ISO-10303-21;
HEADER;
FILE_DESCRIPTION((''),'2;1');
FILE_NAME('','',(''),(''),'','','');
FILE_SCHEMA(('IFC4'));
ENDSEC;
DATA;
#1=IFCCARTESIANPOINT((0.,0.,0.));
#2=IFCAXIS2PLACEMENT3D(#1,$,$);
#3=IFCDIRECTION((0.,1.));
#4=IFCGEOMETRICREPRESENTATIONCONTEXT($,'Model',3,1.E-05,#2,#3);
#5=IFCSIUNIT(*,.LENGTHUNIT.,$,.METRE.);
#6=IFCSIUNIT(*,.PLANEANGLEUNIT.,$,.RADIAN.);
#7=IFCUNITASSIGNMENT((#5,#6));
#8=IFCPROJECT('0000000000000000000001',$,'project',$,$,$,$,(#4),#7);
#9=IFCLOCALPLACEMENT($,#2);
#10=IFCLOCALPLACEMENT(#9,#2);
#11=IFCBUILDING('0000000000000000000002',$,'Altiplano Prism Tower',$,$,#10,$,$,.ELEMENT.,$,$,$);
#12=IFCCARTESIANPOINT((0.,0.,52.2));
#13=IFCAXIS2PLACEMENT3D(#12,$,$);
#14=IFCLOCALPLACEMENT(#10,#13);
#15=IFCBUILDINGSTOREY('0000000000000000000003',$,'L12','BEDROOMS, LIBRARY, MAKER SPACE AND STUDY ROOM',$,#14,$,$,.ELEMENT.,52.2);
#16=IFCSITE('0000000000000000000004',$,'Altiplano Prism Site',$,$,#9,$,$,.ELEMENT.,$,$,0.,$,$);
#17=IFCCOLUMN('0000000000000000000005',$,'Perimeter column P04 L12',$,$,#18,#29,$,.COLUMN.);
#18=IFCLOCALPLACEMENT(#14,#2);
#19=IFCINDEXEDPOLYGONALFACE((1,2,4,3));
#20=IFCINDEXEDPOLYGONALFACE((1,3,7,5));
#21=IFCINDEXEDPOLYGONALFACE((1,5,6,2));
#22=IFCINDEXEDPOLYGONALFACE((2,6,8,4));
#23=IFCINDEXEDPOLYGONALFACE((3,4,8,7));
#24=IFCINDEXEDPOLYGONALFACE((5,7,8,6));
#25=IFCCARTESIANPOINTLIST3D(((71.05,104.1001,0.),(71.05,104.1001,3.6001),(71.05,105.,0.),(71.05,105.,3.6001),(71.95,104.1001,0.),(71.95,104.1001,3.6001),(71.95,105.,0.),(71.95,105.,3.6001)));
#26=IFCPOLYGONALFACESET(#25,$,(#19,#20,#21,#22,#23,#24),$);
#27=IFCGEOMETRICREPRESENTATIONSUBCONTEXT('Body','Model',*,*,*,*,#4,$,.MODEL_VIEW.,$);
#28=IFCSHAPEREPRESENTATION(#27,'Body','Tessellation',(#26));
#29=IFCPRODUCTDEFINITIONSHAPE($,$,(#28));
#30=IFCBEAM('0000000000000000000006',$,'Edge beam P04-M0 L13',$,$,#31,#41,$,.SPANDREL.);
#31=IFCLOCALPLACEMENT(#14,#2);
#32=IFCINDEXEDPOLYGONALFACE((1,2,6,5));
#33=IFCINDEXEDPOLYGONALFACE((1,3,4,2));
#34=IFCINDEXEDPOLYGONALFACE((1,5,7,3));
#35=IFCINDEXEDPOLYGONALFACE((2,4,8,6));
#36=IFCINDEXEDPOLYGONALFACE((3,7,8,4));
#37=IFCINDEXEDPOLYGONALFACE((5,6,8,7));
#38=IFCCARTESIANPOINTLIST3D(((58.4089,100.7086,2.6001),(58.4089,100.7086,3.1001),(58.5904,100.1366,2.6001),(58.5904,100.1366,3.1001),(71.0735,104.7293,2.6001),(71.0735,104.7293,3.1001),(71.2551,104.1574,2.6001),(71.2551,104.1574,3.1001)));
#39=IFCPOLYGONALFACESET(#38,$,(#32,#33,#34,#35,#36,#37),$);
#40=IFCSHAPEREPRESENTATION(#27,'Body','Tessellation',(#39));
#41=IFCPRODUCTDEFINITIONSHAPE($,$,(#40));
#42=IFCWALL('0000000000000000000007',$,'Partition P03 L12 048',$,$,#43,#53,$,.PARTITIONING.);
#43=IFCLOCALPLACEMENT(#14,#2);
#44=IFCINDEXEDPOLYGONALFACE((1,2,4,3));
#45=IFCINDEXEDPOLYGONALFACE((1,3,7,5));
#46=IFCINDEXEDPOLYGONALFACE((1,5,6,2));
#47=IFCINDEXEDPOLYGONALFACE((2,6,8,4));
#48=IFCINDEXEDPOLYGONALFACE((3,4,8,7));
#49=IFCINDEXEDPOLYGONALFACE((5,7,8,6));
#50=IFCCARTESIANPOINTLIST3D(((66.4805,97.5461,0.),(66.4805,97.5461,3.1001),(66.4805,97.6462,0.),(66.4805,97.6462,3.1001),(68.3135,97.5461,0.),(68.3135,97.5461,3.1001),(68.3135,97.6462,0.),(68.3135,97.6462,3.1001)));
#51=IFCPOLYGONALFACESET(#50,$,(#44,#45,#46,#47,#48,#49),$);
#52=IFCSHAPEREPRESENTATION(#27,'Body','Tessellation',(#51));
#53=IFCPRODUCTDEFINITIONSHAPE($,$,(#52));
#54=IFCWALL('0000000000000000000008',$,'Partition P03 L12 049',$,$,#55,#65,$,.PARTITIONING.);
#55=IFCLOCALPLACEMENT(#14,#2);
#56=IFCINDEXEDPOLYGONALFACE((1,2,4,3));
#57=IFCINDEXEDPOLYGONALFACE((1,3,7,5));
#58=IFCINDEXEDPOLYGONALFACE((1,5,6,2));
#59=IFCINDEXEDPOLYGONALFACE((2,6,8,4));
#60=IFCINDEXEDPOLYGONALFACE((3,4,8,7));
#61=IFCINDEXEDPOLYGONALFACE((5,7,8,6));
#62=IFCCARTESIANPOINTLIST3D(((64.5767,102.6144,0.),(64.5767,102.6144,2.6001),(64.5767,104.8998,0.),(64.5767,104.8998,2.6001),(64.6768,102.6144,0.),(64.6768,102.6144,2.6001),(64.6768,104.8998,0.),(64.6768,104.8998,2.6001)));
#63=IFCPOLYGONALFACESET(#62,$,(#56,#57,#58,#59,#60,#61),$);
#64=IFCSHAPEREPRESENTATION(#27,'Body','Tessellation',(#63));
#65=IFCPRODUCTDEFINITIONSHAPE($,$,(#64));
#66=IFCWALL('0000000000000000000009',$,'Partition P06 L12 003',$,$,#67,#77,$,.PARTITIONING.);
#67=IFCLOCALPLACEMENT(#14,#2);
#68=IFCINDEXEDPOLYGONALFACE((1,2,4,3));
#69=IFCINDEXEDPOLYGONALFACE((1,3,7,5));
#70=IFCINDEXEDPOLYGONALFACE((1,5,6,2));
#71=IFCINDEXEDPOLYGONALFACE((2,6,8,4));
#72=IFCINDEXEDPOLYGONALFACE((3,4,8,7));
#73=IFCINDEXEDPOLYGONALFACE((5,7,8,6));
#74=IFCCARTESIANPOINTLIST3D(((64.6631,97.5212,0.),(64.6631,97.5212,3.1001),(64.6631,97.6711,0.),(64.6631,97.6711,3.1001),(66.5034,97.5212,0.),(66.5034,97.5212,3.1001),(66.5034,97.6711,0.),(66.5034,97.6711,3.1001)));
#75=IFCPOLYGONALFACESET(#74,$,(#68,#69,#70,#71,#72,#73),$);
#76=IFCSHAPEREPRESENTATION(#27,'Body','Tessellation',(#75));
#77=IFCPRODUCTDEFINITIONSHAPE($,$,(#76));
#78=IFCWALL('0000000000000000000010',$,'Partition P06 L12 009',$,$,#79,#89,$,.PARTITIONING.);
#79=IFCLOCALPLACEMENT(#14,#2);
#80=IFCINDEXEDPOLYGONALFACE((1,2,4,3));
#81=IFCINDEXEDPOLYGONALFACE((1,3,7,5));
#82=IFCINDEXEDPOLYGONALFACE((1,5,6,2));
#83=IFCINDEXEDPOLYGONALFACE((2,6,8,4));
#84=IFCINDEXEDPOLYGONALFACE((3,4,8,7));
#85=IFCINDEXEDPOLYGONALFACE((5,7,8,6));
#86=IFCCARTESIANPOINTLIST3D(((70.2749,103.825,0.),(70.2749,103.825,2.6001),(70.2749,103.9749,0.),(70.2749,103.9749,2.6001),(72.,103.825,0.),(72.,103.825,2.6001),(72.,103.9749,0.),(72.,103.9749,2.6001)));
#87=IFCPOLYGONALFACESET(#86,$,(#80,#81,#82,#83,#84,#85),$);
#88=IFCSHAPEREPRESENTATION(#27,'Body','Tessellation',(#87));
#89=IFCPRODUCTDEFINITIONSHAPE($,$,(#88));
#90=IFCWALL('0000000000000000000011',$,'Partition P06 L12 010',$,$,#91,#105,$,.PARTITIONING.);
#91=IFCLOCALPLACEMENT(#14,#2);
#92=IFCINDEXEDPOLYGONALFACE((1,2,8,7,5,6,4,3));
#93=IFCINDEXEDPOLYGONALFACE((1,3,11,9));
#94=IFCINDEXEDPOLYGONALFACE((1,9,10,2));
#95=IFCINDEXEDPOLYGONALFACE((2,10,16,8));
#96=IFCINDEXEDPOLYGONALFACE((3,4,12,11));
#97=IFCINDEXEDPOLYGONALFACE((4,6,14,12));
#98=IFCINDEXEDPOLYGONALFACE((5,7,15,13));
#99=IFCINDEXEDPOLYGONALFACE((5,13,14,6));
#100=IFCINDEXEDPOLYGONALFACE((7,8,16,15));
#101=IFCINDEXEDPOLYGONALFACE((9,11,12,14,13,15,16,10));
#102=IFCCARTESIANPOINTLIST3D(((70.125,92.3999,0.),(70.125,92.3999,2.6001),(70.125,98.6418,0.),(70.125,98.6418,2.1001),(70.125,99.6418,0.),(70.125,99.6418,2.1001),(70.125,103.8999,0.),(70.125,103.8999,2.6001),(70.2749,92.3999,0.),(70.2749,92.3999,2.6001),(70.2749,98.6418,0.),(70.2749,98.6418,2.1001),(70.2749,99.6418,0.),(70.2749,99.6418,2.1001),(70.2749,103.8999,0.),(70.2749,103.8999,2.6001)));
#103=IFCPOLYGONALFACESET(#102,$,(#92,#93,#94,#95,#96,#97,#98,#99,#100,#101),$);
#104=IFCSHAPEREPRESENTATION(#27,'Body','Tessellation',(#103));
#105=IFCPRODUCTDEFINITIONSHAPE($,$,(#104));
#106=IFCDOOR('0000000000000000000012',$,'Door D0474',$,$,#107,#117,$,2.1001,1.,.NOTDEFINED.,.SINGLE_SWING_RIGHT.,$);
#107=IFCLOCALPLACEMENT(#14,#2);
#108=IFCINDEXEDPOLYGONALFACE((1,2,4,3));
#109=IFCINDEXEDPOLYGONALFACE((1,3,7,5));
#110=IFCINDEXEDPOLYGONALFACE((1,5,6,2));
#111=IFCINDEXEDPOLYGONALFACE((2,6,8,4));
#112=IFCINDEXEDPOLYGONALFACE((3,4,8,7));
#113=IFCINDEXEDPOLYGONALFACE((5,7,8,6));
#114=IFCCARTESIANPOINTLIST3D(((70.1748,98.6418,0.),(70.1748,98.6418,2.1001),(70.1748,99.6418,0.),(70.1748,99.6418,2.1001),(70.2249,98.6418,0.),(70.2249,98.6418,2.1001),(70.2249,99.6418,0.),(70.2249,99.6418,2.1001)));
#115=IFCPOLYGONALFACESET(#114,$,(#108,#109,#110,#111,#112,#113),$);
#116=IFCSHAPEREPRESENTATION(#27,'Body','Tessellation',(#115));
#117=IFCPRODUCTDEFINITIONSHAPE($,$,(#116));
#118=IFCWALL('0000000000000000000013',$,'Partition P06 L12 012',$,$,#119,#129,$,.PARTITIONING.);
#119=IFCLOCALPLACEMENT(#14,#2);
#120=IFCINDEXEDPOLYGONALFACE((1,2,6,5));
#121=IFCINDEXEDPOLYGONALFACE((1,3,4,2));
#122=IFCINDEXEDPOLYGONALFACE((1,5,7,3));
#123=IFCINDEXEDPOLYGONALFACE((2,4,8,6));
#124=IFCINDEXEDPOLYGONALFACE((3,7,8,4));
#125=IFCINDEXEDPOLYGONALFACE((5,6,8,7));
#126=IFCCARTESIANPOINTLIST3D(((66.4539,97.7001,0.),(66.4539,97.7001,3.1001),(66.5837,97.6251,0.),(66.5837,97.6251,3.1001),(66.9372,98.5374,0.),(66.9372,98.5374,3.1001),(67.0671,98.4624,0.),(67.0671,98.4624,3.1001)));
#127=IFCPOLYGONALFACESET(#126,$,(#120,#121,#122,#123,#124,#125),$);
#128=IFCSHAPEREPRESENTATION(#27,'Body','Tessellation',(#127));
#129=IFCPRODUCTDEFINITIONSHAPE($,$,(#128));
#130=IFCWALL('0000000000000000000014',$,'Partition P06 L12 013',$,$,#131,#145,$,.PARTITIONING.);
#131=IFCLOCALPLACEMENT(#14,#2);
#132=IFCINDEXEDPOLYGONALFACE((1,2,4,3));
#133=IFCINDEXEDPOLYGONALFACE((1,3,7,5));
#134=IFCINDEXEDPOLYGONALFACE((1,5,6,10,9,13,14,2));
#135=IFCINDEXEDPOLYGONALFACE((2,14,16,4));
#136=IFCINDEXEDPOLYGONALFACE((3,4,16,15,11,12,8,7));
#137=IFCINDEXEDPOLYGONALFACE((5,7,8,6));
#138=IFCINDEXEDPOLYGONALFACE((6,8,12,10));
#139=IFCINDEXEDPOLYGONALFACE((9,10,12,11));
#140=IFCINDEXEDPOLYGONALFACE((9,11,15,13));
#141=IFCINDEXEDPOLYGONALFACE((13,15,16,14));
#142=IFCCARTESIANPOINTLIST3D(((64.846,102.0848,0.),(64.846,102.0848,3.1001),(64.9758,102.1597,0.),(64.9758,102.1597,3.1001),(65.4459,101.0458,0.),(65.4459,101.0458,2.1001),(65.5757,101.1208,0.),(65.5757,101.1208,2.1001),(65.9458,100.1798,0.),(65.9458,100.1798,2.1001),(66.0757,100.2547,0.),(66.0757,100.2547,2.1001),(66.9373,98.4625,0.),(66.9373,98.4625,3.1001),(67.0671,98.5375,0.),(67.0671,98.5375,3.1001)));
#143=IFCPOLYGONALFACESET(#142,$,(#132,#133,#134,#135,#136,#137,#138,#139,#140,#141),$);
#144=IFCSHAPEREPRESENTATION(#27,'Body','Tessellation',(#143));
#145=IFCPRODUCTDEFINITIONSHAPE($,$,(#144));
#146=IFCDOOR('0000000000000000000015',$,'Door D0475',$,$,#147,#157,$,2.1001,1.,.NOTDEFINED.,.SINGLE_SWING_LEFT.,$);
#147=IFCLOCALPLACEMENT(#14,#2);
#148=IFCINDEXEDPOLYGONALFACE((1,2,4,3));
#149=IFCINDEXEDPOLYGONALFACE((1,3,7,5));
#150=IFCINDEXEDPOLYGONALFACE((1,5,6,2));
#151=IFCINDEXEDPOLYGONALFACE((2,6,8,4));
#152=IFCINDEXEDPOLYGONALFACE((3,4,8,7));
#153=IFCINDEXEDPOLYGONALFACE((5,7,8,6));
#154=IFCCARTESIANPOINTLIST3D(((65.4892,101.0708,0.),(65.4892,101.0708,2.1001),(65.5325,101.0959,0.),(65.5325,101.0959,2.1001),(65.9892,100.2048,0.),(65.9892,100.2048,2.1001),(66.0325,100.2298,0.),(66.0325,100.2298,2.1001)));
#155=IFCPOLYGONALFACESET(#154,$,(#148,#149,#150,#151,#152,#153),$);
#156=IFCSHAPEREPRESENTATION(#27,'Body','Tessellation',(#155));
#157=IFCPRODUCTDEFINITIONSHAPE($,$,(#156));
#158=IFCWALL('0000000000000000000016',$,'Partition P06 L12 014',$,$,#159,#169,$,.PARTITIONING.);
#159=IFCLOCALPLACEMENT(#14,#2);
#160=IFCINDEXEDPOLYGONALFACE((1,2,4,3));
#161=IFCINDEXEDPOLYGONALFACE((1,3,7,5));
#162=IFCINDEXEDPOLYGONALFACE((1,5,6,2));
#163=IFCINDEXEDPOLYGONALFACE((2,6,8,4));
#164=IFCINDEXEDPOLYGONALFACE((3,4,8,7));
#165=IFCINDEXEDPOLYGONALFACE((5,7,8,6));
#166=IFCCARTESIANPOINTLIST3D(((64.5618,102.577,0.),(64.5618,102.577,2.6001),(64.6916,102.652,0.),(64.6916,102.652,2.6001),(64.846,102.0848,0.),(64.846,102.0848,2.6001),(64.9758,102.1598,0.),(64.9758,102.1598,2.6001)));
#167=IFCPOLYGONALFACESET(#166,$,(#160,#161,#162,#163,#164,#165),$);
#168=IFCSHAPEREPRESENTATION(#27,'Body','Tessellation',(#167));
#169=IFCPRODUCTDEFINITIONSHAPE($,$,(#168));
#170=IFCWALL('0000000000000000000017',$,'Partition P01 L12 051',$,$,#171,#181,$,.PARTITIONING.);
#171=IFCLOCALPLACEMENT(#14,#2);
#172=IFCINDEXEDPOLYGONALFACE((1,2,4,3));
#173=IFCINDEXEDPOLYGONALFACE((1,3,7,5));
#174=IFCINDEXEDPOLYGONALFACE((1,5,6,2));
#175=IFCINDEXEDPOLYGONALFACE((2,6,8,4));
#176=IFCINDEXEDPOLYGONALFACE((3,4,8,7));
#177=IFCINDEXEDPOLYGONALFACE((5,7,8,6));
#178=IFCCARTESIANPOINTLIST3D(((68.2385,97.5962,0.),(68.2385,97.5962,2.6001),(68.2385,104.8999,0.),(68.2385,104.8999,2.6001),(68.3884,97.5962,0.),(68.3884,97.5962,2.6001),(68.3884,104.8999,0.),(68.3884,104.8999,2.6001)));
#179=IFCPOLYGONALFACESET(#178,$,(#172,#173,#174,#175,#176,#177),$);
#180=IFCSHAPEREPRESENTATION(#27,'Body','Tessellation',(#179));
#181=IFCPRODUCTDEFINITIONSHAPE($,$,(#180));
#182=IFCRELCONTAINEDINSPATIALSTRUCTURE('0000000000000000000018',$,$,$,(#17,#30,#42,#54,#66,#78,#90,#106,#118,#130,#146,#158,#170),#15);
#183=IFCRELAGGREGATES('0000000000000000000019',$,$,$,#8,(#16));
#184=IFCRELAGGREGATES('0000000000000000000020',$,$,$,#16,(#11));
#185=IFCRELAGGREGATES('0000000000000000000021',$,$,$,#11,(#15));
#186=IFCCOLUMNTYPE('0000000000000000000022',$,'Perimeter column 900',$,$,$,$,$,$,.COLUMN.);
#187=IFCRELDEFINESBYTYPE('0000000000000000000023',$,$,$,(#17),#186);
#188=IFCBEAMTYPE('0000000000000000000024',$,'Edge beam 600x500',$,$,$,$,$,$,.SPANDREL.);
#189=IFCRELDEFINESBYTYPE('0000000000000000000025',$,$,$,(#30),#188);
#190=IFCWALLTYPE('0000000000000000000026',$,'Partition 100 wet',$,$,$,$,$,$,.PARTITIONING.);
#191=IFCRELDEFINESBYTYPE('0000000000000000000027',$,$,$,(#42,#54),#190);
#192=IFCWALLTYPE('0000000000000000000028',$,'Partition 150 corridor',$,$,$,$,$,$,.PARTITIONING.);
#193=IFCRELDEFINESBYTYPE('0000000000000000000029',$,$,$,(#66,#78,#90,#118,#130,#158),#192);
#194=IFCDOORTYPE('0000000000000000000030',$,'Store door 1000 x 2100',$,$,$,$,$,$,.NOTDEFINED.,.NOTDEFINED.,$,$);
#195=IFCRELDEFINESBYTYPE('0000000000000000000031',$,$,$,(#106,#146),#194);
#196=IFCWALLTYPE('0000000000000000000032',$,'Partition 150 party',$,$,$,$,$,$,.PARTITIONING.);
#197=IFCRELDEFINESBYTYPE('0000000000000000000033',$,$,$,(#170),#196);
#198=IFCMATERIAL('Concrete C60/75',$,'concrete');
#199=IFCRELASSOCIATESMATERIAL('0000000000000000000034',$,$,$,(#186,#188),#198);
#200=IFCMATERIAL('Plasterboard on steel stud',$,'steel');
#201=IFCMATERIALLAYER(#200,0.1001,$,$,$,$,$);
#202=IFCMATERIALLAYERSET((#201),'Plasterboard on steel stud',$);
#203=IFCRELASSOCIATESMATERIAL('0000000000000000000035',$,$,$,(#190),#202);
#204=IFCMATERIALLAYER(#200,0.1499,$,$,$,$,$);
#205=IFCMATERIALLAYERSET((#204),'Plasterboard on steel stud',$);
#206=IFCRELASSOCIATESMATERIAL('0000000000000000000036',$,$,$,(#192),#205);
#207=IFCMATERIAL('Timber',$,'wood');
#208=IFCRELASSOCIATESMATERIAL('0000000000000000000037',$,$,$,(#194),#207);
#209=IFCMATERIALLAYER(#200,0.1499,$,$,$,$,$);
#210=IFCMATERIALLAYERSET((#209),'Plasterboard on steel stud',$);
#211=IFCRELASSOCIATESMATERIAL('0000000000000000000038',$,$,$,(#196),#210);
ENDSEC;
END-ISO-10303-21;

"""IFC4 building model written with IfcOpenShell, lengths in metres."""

from ifc_helpers import new_model, si_unit, direction, frame, frame_2d, origin, origin_2d, place, context, subcontext, project, spatial, rectangle, extrude, material, layer, layer_set, material_profile, profile_set, type_object, element, fill, save


model = new_model("IFC4")

# Units and contexts
model_context = context("Model", 3, precision=1e-05, world=origin(), true_north=direction((0.0, 1.0)))
body_context = subcontext(model_context, "Body", "Model", "MODEL_VIEW")
ifc_project = project(units=[si_unit("LENGTHUNIT", "METRE"), si_unit("PLANEANGLEUNIT", "RADIAN")], contexts=[model_context])

# Site, building, storey
site_placement = place(None, origin())
site = spatial("IfcSite", under=ifc_project, at=site_placement, Name="Altiplano Prism Site", CompositionType="ELEMENT", RefElevation=0.0)
building_placement = place(site_placement, origin())
building = spatial("IfcBuilding", under=site, at=building_placement, Name="Altiplano Prism Tower", CompositionType="ELEMENT")
storey_placement = place(building_placement, frame((0.0, 0.0, 52.2)))
storey = spatial("IfcBuildingStorey", under=building, at=storey_placement, Name="L12", Description="BEDROOMS, LIBRARY, MAKER SPACE AND STUDY ROOM", CompositionType="ELEMENT", Elevation=52.2)

# Column
ifc_material_1 = material(Name="Concrete C60/75", Category="concrete")
ifc_material_profile_1 = material_profile(ifc_material_1, rectangle(XDim=0.8999, YDim=0.8999, at=origin_2d()), Name="Perimeter column 900")
ifc_profile_set_1 = profile_set([ifc_material_profile_1], Name="Concrete C60/75")
column_type = type_object("IfcColumnType", Name="Perimeter column 900", PredefinedType="COLUMN", material=ifc_profile_set_1)
column_placement = place(storey_placement, frame((71.5, 104.55, 0.0), z_axis=(0.0, 0.0, 1.0), x_axis=(1.0, 0.0, 0.0)))
element("IfcColumn", 1, at=column_placement, inside=storey, type_object=column_type, Name="Perimeter column P04 L12", PredefinedType="COLUMN", context=body_context, shape_type="SweptSolid", body=[
    extrude(rectangle(XDim=0.8999, YDim=0.8999, at=origin_2d()), origin(), (0.0, 0.0, 1.0), 3.6001),
])

# Beam
ifc_material_profile_2 = material_profile(ifc_material_1, rectangle(XDim=0.6001, YDim=0.5, at=origin_2d()), Name="Edge beam 600x500")
ifc_profile_set_2 = profile_set([ifc_material_profile_2], Name="Concrete C60/75")
beam_type = type_object("IfcBeamType", Name="Edge beam 600x500", PredefinedType="SPANDREL", material=ifc_profile_set_2)
beam_placement = place(storey_placement, frame((71.1643, 104.4434, 2.8501), z_axis=(-0.953119, -0.302597, 0.0), x_axis=(0.302597, -0.953119, 0.0)))
element("IfcBeam", 2, at=beam_placement, inside=storey, type_object=beam_type, Name="Edge beam P04-M0 L13", PredefinedType="SPANDREL", context=body_context, shape_type="SweptSolid", body=[
    extrude(rectangle(XDim=0.6001, YDim=0.5, at=origin_2d()), origin(), (0.0, 0.0, 1.0), 13.2876),
])

# Walls
ifc_material_2 = material(Name="Plasterboard on steel stud", Category="steel")
ifc_layer_1 = layer(ifc_material_2, 0.1001)
ifc_layer_set_1 = layer_set([ifc_layer_1], Name="Plasterboard on steel stud")
wall_type_1 = type_object("IfcWallType", Name="Partition 100 wet", PredefinedType="PARTITIONING", material=ifc_layer_set_1)
wall_1_placement = place(storey_placement, frame((68.3135, 97.5962, 0.0), z_axis=(0.0, 0.0, 1.0), x_axis=(-1.0, 0.0, 0.0)))
element("IfcWall", 3, at=wall_1_placement, inside=storey, type_object=wall_type_1, Name="Partition P03 L12 048", PredefinedType="PARTITIONING", context=body_context, shape_type="SweptSolid", body=[
    extrude(rectangle(XDim=1.833, YDim=0.1001, at=frame_2d((0.9165, 0.0))), origin(), (0.0, 0.0, 1.0), 3.1001),
])
wall_2_placement = place(storey_placement, frame((64.6267, 102.6145, 0.0), z_axis=(0.0, 0.0, 1.0), x_axis=(0.0, 1.0, 0.0)))
element("IfcWall", 4, at=wall_2_placement, inside=storey, type_object=wall_type_1, Name="Partition P03 L12 049", PredefinedType="PARTITIONING", context=body_context, shape_type="SweptSolid", body=[
    extrude(rectangle(XDim=2.2854, YDim=0.1001, at=frame_2d((1.1426, 0.0))), origin(), (0.0, 0.0, 1.0), 2.6001),
])
ifc_layer_2 = layer(ifc_material_2, 0.1499)
ifc_layer_set_2 = layer_set([ifc_layer_2], Name="Plasterboard on steel stud")
wall_type_2 = type_object("IfcWallType", Name="Partition 150 corridor", PredefinedType="PARTITIONING", material=ifc_layer_set_2)
wall_3_placement = place(storey_placement, frame((64.6631, 97.5962, 0.0), z_axis=(0.0, 0.0, 1.0), x_axis=(1.0, 0.0, 0.0)))
element("IfcWall", 5, at=wall_3_placement, inside=storey, type_object=wall_type_2, Name="Partition P06 L12 003", PredefinedType="PARTITIONING", context=body_context, shape_type="SweptSolid", body=[
    extrude(rectangle(XDim=1.8403, YDim=0.1499, at=frame_2d((0.9202, 0.0))), origin(), (0.0, 0.0, 1.0), 3.1001),
])
wall_4_placement = place(storey_placement, frame((72.0, 103.8999, 0.0), z_axis=(0.0, 0.0, 1.0), x_axis=(-1.0, 0.0, 0.0)))
element("IfcWall", 6, at=wall_4_placement, inside=storey, type_object=wall_type_2, Name="Partition P06 L12 009", PredefinedType="PARTITIONING", context=body_context, shape_type="SweptSolid", body=[
    extrude(rectangle(XDim=1.7251, YDim=0.1499, at=frame_2d((0.8625, 0.0))), origin(), (0.0, 0.0, 1.0), 2.6001),
])

# Wall, opening, door
wall_5_placement = place(storey_placement, frame((70.2, 103.8999, 0.0), z_axis=(0.0, 0.0, 1.0), x_axis=(0.0, -1.0, 0.0)))
wall_5 = element("IfcWall", 7, at=wall_5_placement, inside=storey, type_object=wall_type_2, Name="Partition P06 L12 010", PredefinedType="PARTITIONING", context=body_context, shape_type="SweptSolid", body=[
    extrude(rectangle(XDim=11.5, YDim=0.1499, at=frame_2d((5.75, 0.0))), origin(), (0.0, 0.0, 1.0), 2.6001),
])
opening_1_placement = place(wall_5_placement, frame((4.2581, 0.0, 0.0)))
opening_1 = element("IfcOpeningElement", 8, at=opening_1_placement, cuts=wall_5, PredefinedType="OPENING", context=body_context, shape_type="SweptSolid", body=[
    extrude(rectangle(XDim=1.0, YDim=2.1001, at=frame_2d((0.5, 1.05))), frame((0.0, 0.0854, 0.0), z_axis=(0.0, -1.0, 0.0), x_axis=(1.0, 0.0, 0.0)), (0.0, 0.0, 1.0), 0.1709),
])
ifc_material_3 = material(Name="Timber", Category="wood")
door_type = type_object("IfcDoorType", Name="Store door 1000 x 2100", OperationType="NOTDEFINED", PredefinedType="NOTDEFINED", material=ifc_material_3)
door_1_placement = place(opening_1_placement, origin())
door_1 = element("IfcDoor", 9, at=door_1_placement, inside=storey, type_object=door_type, Name="Door D0474", OperationType="SINGLE_SWING_RIGHT", OverallHeight=2.1001, OverallWidth=1.0, PredefinedType="NOTDEFINED", context=body_context, shape_type="SweptSolid", body=[
    extrude(rectangle(XDim=1.0, YDim=2.1001, at=frame_2d((0.5, 1.05))), frame((0.0, 0.0249, 0.0), z_axis=(0.0, -1.0, 0.0), x_axis=(1.0, 0.0, 0.0)), (0.0, 0.0, 1.0), 0.05),
])
fill(opening_1, door_1)

# Wall
wall_6_placement = place(storey_placement, frame((66.5188, 97.6626, 0.0), z_axis=(0.0, 0.0, 1.0), x_axis=(0.499941, 0.866059, 0.0)))
element("IfcWall", 10, at=wall_6_placement, inside=storey, type_object=wall_type_2, Name="Partition P06 L12 012", PredefinedType="PARTITIONING", context=body_context, shape_type="SweptSolid", body=[
    extrude(rectangle(XDim=0.9668, YDim=0.1499, at=frame_2d((0.4834, 0.0))), origin(), (0.0, 0.0, 1.0), 3.1001),
])

# Wall, opening, door
wall_7_placement = place(storey_placement, frame((67.0022, 98.5, 0.0), z_axis=(0.0, 0.0, 1.0), x_axis=(-0.499994, 0.866029, 0.0)))
wall_7 = element("IfcWall", 11, at=wall_7_placement, inside=storey, type_object=wall_type_2, Name="Partition P06 L12 013", PredefinedType="PARTITIONING", context=body_context, shape_type="SweptSolid", body=[
    extrude(rectangle(XDim=4.1826, YDim=0.1499, at=frame_2d((2.0913, 0.0))), origin(), (0.0, 0.0, 1.0), 3.1001),
])
opening_2_placement = place(wall_7_placement, frame((1.9829, 0.0, 0.0)))
opening_2 = element("IfcOpeningElement", 12, at=opening_2_placement, cuts=wall_7, PredefinedType="OPENING", context=body_context, shape_type="SweptSolid", body=[
    extrude(rectangle(XDim=1.0, YDim=2.1001, at=frame_2d((0.5, 1.05))), frame((0.0, 0.0854, 0.0), z_axis=(0.0, -1.0, 0.0), x_axis=(1.0, 0.0, 0.0)), (0.0, 0.0, 1.0), 0.1709),
])
door_2_placement = place(opening_2_placement, origin())
door_2 = element("IfcDoor", 13, at=door_2_placement, inside=storey, type_object=door_type, Name="Door D0475", OperationType="SINGLE_SWING_LEFT", OverallHeight=2.1001, OverallWidth=1.0, PredefinedType="NOTDEFINED", context=body_context, shape_type="SweptSolid", body=[
    extrude(rectangle(XDim=1.0, YDim=2.1001, at=frame_2d((0.5, 1.05))), frame((0.0, 0.0249, 0.0), z_axis=(0.0, -1.0, 0.0), x_axis=(1.0, 0.0, 0.0)), (0.0, 0.0, 1.0), 0.05),
])
fill(opening_2, door_2)

# Walls
wall_8_placement = place(storey_placement, frame((64.9109, 102.1223, 0.0), z_axis=(0.0, 0.0, 1.0), x_axis=(-0.50002, 0.866014, 0.0)))
element("IfcWall", 14, at=wall_8_placement, inside=storey, type_object=wall_type_2, Name="Partition P06 L12 014", PredefinedType="PARTITIONING", context=body_context, shape_type="SweptSolid", body=[
    extrude(rectangle(XDim=0.5684, YDim=0.1499, at=frame_2d((0.2842, 0.0))), origin(), (0.0, 0.0, 1.0), 2.6001),
])
ifc_layer_3 = layer(ifc_material_2, 0.1499)
ifc_layer_set_3 = layer_set([ifc_layer_3], Name="Plasterboard on steel stud")
wall_type_3 = type_object("IfcWallType", Name="Partition 150 party", PredefinedType="PARTITIONING", material=ifc_layer_set_3)
wall_9_placement = place(storey_placement, frame((68.3135, 104.8999, 0.0), z_axis=(0.0, 0.0, 1.0), x_axis=(0.0, -1.0, 0.0)))
element("IfcWall", 15, at=wall_9_placement, inside=storey, type_object=wall_type_3, Name="Partition P01 L12 051", PredefinedType="PARTITIONING", context=body_context, shape_type="SweptSolid", body=[
    extrude(rectangle(XDim=7.3037, YDim=0.1499, at=frame_2d((3.6519, 0.0))), origin(), (0.0, 0.0, 1.0), 2.6001),
])

save(model, "model.ifc")
